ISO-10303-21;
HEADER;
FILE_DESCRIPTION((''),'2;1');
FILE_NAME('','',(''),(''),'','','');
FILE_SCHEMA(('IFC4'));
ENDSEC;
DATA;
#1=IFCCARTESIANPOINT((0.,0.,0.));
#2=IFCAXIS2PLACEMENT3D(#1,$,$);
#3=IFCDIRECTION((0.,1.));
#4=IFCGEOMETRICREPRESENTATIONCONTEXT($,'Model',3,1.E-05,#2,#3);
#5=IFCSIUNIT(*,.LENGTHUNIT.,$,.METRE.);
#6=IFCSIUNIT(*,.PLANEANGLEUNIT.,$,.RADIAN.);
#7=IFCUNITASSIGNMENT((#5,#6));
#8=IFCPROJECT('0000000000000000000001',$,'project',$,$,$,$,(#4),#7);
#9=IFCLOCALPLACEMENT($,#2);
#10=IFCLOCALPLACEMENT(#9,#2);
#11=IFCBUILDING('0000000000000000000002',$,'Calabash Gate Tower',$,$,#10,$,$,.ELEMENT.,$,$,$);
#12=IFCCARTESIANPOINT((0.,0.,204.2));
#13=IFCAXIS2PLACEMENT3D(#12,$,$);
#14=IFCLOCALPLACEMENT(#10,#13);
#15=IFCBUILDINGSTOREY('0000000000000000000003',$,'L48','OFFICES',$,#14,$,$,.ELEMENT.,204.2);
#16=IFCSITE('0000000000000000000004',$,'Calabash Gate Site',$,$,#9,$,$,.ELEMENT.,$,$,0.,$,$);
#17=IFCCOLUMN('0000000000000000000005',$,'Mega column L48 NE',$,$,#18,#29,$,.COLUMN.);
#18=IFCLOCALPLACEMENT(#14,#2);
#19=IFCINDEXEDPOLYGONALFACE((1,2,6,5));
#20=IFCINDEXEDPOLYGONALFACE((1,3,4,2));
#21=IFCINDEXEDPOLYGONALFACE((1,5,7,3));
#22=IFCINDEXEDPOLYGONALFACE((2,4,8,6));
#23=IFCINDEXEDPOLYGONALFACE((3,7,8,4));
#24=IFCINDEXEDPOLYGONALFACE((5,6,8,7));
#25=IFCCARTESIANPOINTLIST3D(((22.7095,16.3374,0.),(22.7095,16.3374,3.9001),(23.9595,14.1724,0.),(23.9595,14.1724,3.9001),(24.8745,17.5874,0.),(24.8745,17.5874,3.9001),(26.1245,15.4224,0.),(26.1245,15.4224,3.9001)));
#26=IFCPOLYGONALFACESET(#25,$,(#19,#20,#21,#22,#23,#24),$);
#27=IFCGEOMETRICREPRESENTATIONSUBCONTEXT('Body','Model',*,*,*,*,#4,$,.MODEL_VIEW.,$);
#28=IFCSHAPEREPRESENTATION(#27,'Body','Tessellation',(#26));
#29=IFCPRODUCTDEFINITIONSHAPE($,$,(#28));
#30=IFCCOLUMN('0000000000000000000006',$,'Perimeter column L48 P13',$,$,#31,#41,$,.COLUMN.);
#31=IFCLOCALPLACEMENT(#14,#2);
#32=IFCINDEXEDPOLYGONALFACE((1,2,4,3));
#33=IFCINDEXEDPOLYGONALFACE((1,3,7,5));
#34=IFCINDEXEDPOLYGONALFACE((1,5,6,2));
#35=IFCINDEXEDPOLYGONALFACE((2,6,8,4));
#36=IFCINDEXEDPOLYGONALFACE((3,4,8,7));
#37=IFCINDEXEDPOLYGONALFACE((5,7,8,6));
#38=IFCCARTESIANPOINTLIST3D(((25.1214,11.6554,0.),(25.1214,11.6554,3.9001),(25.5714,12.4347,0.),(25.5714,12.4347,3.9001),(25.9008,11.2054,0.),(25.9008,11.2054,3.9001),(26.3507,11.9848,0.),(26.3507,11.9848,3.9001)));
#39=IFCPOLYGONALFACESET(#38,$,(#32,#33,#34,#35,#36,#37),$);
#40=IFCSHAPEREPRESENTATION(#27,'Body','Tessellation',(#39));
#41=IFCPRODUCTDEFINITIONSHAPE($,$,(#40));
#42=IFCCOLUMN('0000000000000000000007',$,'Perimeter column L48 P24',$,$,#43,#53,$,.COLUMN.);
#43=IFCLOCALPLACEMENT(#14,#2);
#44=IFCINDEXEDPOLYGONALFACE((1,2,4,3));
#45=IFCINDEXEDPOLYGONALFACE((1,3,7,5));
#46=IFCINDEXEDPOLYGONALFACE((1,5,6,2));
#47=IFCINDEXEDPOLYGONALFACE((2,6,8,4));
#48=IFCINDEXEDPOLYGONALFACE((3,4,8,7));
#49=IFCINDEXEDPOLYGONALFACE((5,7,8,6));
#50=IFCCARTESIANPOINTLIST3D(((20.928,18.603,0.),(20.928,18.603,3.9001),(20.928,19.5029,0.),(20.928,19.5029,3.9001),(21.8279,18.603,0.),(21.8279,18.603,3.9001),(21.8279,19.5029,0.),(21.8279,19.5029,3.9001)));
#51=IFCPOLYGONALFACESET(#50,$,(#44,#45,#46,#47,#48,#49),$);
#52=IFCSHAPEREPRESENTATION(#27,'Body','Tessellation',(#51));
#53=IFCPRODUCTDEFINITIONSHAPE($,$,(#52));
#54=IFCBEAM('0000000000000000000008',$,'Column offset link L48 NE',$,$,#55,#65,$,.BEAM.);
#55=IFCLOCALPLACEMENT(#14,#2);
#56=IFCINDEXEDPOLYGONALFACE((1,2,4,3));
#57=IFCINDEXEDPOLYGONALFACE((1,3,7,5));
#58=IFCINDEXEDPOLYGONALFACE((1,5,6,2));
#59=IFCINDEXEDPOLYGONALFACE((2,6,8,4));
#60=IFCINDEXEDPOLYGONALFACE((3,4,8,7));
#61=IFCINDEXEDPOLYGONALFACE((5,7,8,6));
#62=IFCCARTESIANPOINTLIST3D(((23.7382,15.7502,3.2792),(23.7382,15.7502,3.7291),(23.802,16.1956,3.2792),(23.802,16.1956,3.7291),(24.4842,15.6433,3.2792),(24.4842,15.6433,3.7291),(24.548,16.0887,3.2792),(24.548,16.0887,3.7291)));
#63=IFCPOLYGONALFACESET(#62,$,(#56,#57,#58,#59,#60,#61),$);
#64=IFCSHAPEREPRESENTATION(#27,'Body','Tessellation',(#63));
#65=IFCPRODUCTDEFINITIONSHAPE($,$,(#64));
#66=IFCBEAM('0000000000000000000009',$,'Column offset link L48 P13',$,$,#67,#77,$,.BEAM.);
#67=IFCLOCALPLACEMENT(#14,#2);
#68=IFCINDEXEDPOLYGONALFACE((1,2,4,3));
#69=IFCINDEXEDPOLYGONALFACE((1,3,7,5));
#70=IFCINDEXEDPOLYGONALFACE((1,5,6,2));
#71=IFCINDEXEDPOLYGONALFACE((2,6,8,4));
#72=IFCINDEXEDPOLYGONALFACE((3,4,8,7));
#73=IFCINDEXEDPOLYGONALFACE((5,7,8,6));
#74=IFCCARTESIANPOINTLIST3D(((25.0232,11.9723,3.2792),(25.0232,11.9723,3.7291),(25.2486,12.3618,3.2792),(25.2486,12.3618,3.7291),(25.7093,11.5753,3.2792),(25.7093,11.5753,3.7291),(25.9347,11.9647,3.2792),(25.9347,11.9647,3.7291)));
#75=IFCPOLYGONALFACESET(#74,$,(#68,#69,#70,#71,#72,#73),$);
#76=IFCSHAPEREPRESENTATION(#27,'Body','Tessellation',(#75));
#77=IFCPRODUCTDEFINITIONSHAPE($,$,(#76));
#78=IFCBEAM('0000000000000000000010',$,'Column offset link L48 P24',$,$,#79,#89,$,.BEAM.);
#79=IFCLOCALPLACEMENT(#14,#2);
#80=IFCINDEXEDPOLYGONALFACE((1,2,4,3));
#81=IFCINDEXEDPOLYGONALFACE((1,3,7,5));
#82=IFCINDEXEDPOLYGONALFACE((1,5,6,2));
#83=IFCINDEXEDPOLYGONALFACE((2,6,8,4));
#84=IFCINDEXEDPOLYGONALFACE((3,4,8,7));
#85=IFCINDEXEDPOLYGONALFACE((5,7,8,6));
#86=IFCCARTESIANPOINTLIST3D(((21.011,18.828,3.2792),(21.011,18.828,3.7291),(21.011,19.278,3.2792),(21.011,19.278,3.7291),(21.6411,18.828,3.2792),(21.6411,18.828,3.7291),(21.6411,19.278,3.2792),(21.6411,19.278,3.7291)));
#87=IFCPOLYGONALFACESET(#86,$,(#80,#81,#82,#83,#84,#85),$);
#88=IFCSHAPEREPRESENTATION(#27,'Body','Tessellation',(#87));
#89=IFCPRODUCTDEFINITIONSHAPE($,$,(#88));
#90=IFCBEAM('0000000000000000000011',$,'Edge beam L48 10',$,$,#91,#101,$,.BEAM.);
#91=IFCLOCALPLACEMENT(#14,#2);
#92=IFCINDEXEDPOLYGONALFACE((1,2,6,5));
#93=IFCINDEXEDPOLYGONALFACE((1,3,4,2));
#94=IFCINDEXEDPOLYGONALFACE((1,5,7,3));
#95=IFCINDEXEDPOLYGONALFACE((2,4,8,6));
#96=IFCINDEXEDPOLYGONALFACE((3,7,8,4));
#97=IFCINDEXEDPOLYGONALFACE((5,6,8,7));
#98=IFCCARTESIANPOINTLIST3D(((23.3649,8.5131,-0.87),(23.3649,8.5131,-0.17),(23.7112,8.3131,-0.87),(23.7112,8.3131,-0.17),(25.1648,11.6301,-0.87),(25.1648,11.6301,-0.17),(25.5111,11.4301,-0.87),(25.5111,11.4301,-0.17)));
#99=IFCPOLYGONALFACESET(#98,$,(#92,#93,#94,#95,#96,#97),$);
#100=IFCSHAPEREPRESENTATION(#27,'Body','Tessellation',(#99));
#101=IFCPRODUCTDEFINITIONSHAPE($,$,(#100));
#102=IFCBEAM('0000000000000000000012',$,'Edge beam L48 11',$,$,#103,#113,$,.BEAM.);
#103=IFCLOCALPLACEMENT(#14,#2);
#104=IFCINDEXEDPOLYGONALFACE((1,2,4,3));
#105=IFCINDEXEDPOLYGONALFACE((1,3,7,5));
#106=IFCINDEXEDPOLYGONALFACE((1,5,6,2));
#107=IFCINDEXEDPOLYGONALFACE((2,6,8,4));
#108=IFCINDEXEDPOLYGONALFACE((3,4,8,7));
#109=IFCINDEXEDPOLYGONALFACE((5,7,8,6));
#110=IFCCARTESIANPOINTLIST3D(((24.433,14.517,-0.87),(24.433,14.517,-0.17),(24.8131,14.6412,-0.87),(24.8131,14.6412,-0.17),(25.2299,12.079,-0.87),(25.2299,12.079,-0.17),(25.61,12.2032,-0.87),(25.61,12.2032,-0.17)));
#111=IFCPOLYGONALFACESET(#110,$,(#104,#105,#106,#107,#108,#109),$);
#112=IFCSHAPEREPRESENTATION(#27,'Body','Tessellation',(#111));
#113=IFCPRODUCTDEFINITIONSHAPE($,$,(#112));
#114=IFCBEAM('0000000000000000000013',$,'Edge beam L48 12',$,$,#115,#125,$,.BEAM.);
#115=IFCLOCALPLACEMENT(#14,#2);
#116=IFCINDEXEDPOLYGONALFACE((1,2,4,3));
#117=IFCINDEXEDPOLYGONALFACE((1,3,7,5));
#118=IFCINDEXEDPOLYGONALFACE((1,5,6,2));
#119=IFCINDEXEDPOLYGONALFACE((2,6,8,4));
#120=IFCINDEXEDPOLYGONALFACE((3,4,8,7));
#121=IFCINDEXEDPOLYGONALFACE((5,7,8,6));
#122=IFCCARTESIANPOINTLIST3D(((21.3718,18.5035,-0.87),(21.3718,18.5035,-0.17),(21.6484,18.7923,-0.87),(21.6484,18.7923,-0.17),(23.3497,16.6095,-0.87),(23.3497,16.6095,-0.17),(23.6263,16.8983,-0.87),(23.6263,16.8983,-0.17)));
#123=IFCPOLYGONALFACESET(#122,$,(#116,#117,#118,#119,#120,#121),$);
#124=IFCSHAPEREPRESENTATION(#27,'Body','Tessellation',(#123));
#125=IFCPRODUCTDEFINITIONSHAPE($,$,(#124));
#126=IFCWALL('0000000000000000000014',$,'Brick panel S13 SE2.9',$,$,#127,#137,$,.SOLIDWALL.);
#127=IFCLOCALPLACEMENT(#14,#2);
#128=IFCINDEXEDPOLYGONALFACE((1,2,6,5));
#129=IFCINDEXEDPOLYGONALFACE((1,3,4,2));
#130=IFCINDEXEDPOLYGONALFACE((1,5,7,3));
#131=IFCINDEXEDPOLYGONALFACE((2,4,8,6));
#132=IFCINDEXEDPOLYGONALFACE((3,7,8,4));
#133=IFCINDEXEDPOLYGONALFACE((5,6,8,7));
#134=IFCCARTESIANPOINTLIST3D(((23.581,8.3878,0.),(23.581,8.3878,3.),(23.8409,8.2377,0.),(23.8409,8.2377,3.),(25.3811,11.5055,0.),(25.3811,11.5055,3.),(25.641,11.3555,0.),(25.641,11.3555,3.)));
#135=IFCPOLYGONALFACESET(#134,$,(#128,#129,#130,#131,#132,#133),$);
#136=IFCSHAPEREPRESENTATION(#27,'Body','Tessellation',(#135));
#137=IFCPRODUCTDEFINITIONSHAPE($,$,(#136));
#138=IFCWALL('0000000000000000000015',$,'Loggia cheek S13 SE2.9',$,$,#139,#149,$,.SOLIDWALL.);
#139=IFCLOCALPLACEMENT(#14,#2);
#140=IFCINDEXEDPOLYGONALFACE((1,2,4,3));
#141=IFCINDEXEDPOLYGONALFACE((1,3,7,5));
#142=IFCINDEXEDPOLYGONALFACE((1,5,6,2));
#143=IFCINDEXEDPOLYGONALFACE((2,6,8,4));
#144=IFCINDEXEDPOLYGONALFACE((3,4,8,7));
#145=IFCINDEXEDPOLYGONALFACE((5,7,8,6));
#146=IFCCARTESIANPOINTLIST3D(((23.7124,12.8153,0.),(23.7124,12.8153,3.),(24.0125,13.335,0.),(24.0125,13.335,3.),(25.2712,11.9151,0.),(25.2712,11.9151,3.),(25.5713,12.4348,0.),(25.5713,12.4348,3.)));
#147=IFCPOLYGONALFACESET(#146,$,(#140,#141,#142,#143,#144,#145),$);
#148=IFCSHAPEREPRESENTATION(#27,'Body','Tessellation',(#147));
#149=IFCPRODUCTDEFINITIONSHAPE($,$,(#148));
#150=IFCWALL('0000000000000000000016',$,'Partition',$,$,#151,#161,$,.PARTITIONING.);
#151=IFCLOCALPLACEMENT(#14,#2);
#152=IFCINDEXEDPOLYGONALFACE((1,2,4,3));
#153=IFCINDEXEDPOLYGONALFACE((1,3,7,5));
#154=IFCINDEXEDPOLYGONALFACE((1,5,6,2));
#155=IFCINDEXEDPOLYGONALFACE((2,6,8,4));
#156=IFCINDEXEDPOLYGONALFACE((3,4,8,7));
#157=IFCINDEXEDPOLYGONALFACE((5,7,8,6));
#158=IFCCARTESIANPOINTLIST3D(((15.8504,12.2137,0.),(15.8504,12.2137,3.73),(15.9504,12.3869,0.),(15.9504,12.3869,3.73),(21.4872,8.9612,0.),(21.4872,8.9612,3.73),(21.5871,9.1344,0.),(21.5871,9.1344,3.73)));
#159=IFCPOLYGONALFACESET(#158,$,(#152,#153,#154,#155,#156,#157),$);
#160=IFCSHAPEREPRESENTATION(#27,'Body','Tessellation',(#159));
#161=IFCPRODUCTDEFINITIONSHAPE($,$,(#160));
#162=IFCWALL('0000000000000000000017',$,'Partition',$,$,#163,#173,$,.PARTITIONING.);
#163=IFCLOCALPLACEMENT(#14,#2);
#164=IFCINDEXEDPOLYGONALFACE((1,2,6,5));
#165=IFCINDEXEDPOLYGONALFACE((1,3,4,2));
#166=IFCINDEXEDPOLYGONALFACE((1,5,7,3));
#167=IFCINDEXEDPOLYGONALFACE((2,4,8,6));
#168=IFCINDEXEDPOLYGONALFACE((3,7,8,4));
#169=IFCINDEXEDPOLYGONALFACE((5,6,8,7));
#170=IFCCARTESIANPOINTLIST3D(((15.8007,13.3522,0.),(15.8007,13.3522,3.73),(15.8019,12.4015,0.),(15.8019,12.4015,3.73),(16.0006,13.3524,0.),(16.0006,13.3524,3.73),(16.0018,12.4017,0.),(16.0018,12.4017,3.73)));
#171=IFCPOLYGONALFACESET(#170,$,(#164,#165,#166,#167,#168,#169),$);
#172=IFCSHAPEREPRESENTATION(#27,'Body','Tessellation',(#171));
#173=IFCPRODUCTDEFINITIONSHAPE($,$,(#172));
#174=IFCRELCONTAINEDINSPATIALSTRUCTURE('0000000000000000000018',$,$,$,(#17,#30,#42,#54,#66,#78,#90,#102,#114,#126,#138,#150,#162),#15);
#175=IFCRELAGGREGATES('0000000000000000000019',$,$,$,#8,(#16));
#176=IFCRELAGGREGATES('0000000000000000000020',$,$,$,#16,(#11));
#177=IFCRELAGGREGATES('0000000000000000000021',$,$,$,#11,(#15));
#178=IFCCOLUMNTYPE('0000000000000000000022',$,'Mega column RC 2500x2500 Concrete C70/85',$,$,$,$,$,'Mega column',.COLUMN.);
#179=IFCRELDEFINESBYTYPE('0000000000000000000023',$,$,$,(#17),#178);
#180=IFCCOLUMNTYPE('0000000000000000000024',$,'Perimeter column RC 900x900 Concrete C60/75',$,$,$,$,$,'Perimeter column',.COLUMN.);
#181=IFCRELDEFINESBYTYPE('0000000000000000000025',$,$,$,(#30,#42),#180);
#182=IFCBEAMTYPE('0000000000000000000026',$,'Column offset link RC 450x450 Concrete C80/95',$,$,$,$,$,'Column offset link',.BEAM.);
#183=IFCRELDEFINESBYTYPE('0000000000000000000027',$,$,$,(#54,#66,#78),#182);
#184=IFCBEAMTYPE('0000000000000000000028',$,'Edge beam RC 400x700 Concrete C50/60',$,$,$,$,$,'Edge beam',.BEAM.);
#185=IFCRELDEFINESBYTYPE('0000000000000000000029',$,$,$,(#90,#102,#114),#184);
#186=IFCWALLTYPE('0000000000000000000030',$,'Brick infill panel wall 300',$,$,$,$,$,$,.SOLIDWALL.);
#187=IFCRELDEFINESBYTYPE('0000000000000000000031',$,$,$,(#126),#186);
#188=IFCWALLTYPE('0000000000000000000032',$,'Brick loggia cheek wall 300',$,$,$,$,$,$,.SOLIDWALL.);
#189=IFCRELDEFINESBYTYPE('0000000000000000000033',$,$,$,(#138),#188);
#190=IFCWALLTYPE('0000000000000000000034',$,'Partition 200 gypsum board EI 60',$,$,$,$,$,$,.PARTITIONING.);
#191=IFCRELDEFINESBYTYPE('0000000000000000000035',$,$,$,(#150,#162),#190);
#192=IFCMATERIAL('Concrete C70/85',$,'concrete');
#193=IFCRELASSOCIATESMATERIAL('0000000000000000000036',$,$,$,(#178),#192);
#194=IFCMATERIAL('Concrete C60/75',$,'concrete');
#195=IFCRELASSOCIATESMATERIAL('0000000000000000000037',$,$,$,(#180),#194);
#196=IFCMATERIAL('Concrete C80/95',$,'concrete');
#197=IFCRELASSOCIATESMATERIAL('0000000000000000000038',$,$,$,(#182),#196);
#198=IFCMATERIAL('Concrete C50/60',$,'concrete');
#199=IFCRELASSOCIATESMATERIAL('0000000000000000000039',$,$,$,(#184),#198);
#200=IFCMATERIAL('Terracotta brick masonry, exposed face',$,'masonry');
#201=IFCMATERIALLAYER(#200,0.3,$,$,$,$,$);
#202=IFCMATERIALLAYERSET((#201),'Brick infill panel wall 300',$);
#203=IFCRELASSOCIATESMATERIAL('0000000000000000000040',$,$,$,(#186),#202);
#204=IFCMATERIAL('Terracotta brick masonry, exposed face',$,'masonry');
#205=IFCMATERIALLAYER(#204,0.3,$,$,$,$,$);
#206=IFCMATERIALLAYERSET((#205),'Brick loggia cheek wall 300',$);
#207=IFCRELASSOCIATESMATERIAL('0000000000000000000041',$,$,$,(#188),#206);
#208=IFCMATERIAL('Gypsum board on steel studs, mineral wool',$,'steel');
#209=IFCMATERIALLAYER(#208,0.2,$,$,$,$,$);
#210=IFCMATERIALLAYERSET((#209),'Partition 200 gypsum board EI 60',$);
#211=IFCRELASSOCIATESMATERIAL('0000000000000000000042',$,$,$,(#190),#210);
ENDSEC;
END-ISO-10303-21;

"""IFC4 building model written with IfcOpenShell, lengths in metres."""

from ifc_helpers import new_model, si_unit, direction, frame, frame_2d, origin, origin_2d, place, context, subcontext, project, spatial, rectangle, extrude, material, layer, layer_set, material_profile, profile_set, type_object, element, save


model = new_model("IFC4")

# Units and contexts
model_context = context("Model", 3, precision=1e-05, world=origin(), true_north=direction((0.0, 1.0)))
body_context = subcontext(model_context, "Body", "Model", "MODEL_VIEW")
ifc_project = project(units=[si_unit("LENGTHUNIT", "METRE"), si_unit("PLANEANGLEUNIT", "RADIAN")], contexts=[model_context])

# Site, building, storey
site_placement = place(None, origin())
site = spatial("IfcSite", under=ifc_project, at=site_placement, Name="Calabash Gate Site", CompositionType="ELEMENT", RefElevation=0.0)
building_placement = place(site_placement, origin())
building = spatial("IfcBuilding", under=site, at=building_placement, Name="Calabash Gate Tower", CompositionType="ELEMENT")
storey_placement = place(building_placement, frame((0.0, 0.0, 204.2)))
storey = spatial("IfcBuildingStorey", under=building, at=storey_placement, Name="L48", Description="OFFICES", CompositionType="ELEMENT", Elevation=204.2)

# Columns
ifc_material_1 = material(Name="Concrete C70/85", Category="concrete")
ifc_material_profile_1 = material_profile(ifc_material_1, rectangle(XDim=2.5, YDim=2.5, at=origin_2d()))
ifc_profile_set_1 = profile_set([ifc_material_profile_1], Name="Concrete C70/85")
column_type_1 = type_object("IfcColumnType", Name="Mega column RC 2500x2500 Concrete C70/85", ElementType="Mega column", PredefinedType="COLUMN", material=ifc_profile_set_1)
column_placement = place(storey_placement, frame((24.417, 15.8799, 0.0), z_axis=(0.0, 0.0, 1.0), x_axis=(-0.866025, -0.5, 0.0)))
element("IfcColumn", 1, at=column_placement, inside=storey, type_object=column_type_1, Name="Mega column L48 NE", PredefinedType="COLUMN", context=body_context, shape_type="SweptSolid", body=[
    extrude(rectangle(XDim=2.5, YDim=2.5, at=origin_2d()), origin(), (0.0, 0.0, 1.0), 3.9001),
])
ifc_material_2 = material(Name="Concrete C60/75", Category="concrete")
ifc_material_profile_2 = material_profile(ifc_material_2, rectangle(XDim=0.8999, YDim=0.8999, at=origin_2d()))
ifc_profile_set_2 = profile_set([ifc_material_profile_2], Name="Concrete C60/75")
column_type_2 = type_object("IfcColumnType", Name="Perimeter column RC 900x900 Concrete C60/75", ElementType="Perimeter column", PredefinedType="COLUMN", material=ifc_profile_set_2)
for number, where, z_axis, x_axis, name in (
    (2, (25.7361, 11.8201, 0.0), (0.0, 0.0, 1.0), (0.5, 0.866025, 0.0), "Perimeter column L48 P13"),
    (3, (21.3779, 19.053, 0.0), (0.0, 0.0, 1.0), (-1.0, 0.0, 0.0), "Perimeter column L48 P24"),
):
    element("IfcColumn", number, at=place(storey_placement, frame(where, z_axis=z_axis, x_axis=x_axis)), inside=storey, type_object=column_type_2, Name=name, PredefinedType="COLUMN", context=body_context, shape_type="SweptSolid", body=[
        extrude(rectangle(XDim=0.8999, YDim=0.8999, at=origin_2d()), origin(), (0.0, 0.0, 1.0), 3.9001),
    ])

# Beams
ifc_material_3 = material(Name="Concrete C80/95", Category="concrete")
ifc_material_profile_3 = material_profile(ifc_material_3, rectangle(XDim=0.45, YDim=0.45, at=origin_2d()))
ifc_profile_set_3 = profile_set([ifc_material_profile_3], Name="Concrete C80/95")
beam_type_1 = type_object("IfcBeamType", Name="Column offset link RC 450x450 Concrete C80/95", ElementType="Column offset link", PredefinedType="BEAM", material=ifc_profile_set_3)
beam_1_placement = place(storey_placement, frame((24.5161, 15.866, 3.5042), z_axis=(-0.989885, 0.141875, 0.0), x_axis=(-0.141875, -0.989885, 0.0)))
element("IfcBeam", 4, at=beam_1_placement, inside=storey, type_object=beam_type_1, Name="Column offset link L48 NE", PredefinedType="BEAM", context=body_context, shape_type="SweptSolid", body=[
    extrude(rectangle(XDim=0.45, YDim=0.45, at=origin_2d()), origin(), (0.0, 0.0, 1.0), 0.7537),
])
beam_2_placement = place(storey_placement, frame((25.822, 11.77, 3.5042), z_axis=(-0.865539, 0.500842, 0.0), x_axis=(-0.500842, -0.865539, 0.0)))
element("IfcBeam", 5, at=beam_2_placement, inside=storey, type_object=beam_type_1, Name="Column offset link L48 P13", PredefinedType="BEAM", context=body_context, shape_type="SweptSolid", body=[
    extrude(rectangle(XDim=0.45, YDim=0.45, at=origin_2d()), origin(), (0.0, 0.0, 1.0), 0.7927),
])
beam_3_placement = place(storey_placement, frame((21.6411, 19.053, 3.5042), z_axis=(-1.0, 0.0, 0.0), x_axis=(0.0, -1.0, 0.0)))
element("IfcBeam", 6, at=beam_3_placement, inside=storey, type_object=beam_type_1, Name="Column offset link L48 P24", PredefinedType="BEAM", context=body_context, shape_type="SweptSolid", body=[
    extrude(rectangle(XDim=0.45, YDim=0.45, at=origin_2d()), origin(), (0.0, 0.0, 1.0), 0.6301),
])
ifc_material_4 = material(Name="Concrete C50/60", Category="concrete")
ifc_material_profile_4 = material_profile(ifc_material_4, rectangle(XDim=0.3999, YDim=0.7, at=origin_2d()))
ifc_profile_set_4 = profile_set([ifc_material_profile_4], Name="Concrete C50/60")
beam_type_2 = type_object("IfcBeamType", Name="Edge beam RC 400x700 Concrete C50/60", ElementType="Edge beam", PredefinedType="BEAM", material=ifc_profile_set_4)
beam_4_placement = place(storey_placement, frame((23.5381, 8.4131, -0.52), z_axis=(0.500049, 0.865997, 0.0), x_axis=(-0.865997, 0.500049, 0.0)))
element("IfcBeam", 7, at=beam_4_placement, inside=storey, type_object=beam_type_2, Name="Edge beam L48 10", PredefinedType="BEAM", context=body_context, shape_type="SweptSolid", body=[
    extrude(rectangle(XDim=0.3999, YDim=0.7, at=origin_2d()), origin(), (0.0, 0.0, 1.0), 3.5994),
])
beam_5_placement = place(storey_placement, frame((25.4199, 12.1411, -0.52), z_axis=(-0.310683, 0.950514, 0.0), x_axis=(-0.950514, -0.310683, 0.0)))
element("IfcBeam", 8, at=beam_5_placement, inside=storey, type_object=beam_type_2, Name="Edge beam L48 11", PredefinedType="BEAM", context=body_context, shape_type="SweptSolid", body=[
    extrude(rectangle(XDim=0.3999, YDim=0.7, at=origin_2d()), origin(), (0.0, 0.0, 1.0), 2.5649),
])
beam_6_placement = place(storey_placement, frame((23.488, 16.7539, -0.52), z_axis=(-0.722274, 0.691607, 0.0), x_axis=(-0.691607, -0.722274, 0.0)))
element("IfcBeam", 9, at=beam_6_placement, inside=storey, type_object=beam_type_2, Name="Edge beam L48 12", PredefinedType="BEAM", context=body_context, shape_type="SweptSolid", body=[
    extrude(rectangle(XDim=0.3999, YDim=0.7, at=origin_2d()), origin(), (0.0, 0.0, 1.0), 2.7385),
])

# Walls
ifc_material_5 = material(Name="Terracotta brick masonry, exposed face", Category="masonry")
ifc_layer_1 = layer(ifc_material_5, 0.3)
ifc_layer_set_1 = layer_set([ifc_layer_1], Name="Brick infill panel wall 300")
wall_type_1 = type_object("IfcWallType", Name="Brick infill panel wall 300", PredefinedType="SOLIDWALL", material=ifc_layer_set_1)
wall_1_placement = place(storey_placement, frame((23.7109, 8.3127, 0.0), z_axis=(0.0, 0.0, 1.0), x_axis=(0.500012, 0.866018, 0.0)))
element("IfcWall", 10, at=wall_1_placement, inside=storey, type_object=wall_type_1, Name="Brick panel S13 SE2.9", PredefinedType="SOLIDWALL", context=body_context, shape_type="SweptSolid", body=[
    extrude(rectangle(XDim=3.6001, YDim=0.3, at=frame_2d((1.8, 0.0))), origin(), (0.0, 0.0, 1.0), 3.0),
])
ifc_material_6 = material(Name="Terracotta brick masonry, exposed face", Category="masonry")
ifc_layer_2 = layer(ifc_material_6, 0.3)
ifc_layer_set_2 = layer_set([ifc_layer_2], Name="Brick loggia cheek wall 300")
wall_type_2 = type_object("IfcWallType", Name="Brick loggia cheek wall 300", PredefinedType="SOLIDWALL", material=ifc_layer_set_2)
wall_2_placement = place(storey_placement, frame((25.4211, 12.175, 0.0), z_axis=(0.0, 0.0, 1.0), x_axis=(-0.865989, 0.500063, 0.0)))
element("IfcWall", 11, at=wall_2_placement, inside=storey, type_object=wall_type_2, Name="Loggia cheek S13 SE2.9", PredefinedType="SOLIDWALL", context=body_context, shape_type="SweptSolid", body=[
    extrude(rectangle(XDim=1.8, YDim=0.6001, at=frame_2d((0.8999, 0.0))), origin(), (0.0, 0.0, 1.0), 3.0),
])
ifc_material_7 = material(Name="Gypsum board on steel studs, mineral wool", Category="steel")
ifc_layer_3 = layer(ifc_material_7, 0.2)
ifc_layer_set_3 = layer_set([ifc_layer_3], Name="Partition 200 gypsum board EI 60")
wall_type_3 = type_object("IfcWallType", Name="Partition 200 gypsum board EI 60", PredefinedType="PARTITIONING", material=ifc_layer_set_3)
wall_3_placement = place(storey_placement, frame((15.9004, 12.3003, 0.0), z_axis=(0.0, 0.0, 1.0), x_axis=(0.866153, -0.499779, 0.0)))
element("IfcWall", 12, at=wall_3_placement, inside=storey, type_object=wall_type_3, Name="Partition", PredefinedType="PARTITIONING", context=body_context, shape_type="SweptSolid", body=[
    extrude(rectangle(XDim=6.5078, YDim=0.2, at=frame_2d((3.2539, 0.0))), origin(), (0.0, 0.0, 1.0), 3.73),
])
wall_4_placement = place(storey_placement, frame((15.9006, 13.3523, 0.0), z_axis=(0.0, 0.0, 1.0), x_axis=(0.001284, -0.999999, 0.0)))
element("IfcWall", 13, at=wall_4_placement, inside=storey, type_object=wall_type_3, Name="Partition", PredefinedType="PARTITIONING", context=body_context, shape_type="SweptSolid", body=[
    extrude(rectangle(XDim=0.9507, YDim=0.2, at=frame_2d((0.4753, 0.0))), origin(), (0.0, 0.0, 1.0), 3.73),
])

save(model, "model.ifc")
